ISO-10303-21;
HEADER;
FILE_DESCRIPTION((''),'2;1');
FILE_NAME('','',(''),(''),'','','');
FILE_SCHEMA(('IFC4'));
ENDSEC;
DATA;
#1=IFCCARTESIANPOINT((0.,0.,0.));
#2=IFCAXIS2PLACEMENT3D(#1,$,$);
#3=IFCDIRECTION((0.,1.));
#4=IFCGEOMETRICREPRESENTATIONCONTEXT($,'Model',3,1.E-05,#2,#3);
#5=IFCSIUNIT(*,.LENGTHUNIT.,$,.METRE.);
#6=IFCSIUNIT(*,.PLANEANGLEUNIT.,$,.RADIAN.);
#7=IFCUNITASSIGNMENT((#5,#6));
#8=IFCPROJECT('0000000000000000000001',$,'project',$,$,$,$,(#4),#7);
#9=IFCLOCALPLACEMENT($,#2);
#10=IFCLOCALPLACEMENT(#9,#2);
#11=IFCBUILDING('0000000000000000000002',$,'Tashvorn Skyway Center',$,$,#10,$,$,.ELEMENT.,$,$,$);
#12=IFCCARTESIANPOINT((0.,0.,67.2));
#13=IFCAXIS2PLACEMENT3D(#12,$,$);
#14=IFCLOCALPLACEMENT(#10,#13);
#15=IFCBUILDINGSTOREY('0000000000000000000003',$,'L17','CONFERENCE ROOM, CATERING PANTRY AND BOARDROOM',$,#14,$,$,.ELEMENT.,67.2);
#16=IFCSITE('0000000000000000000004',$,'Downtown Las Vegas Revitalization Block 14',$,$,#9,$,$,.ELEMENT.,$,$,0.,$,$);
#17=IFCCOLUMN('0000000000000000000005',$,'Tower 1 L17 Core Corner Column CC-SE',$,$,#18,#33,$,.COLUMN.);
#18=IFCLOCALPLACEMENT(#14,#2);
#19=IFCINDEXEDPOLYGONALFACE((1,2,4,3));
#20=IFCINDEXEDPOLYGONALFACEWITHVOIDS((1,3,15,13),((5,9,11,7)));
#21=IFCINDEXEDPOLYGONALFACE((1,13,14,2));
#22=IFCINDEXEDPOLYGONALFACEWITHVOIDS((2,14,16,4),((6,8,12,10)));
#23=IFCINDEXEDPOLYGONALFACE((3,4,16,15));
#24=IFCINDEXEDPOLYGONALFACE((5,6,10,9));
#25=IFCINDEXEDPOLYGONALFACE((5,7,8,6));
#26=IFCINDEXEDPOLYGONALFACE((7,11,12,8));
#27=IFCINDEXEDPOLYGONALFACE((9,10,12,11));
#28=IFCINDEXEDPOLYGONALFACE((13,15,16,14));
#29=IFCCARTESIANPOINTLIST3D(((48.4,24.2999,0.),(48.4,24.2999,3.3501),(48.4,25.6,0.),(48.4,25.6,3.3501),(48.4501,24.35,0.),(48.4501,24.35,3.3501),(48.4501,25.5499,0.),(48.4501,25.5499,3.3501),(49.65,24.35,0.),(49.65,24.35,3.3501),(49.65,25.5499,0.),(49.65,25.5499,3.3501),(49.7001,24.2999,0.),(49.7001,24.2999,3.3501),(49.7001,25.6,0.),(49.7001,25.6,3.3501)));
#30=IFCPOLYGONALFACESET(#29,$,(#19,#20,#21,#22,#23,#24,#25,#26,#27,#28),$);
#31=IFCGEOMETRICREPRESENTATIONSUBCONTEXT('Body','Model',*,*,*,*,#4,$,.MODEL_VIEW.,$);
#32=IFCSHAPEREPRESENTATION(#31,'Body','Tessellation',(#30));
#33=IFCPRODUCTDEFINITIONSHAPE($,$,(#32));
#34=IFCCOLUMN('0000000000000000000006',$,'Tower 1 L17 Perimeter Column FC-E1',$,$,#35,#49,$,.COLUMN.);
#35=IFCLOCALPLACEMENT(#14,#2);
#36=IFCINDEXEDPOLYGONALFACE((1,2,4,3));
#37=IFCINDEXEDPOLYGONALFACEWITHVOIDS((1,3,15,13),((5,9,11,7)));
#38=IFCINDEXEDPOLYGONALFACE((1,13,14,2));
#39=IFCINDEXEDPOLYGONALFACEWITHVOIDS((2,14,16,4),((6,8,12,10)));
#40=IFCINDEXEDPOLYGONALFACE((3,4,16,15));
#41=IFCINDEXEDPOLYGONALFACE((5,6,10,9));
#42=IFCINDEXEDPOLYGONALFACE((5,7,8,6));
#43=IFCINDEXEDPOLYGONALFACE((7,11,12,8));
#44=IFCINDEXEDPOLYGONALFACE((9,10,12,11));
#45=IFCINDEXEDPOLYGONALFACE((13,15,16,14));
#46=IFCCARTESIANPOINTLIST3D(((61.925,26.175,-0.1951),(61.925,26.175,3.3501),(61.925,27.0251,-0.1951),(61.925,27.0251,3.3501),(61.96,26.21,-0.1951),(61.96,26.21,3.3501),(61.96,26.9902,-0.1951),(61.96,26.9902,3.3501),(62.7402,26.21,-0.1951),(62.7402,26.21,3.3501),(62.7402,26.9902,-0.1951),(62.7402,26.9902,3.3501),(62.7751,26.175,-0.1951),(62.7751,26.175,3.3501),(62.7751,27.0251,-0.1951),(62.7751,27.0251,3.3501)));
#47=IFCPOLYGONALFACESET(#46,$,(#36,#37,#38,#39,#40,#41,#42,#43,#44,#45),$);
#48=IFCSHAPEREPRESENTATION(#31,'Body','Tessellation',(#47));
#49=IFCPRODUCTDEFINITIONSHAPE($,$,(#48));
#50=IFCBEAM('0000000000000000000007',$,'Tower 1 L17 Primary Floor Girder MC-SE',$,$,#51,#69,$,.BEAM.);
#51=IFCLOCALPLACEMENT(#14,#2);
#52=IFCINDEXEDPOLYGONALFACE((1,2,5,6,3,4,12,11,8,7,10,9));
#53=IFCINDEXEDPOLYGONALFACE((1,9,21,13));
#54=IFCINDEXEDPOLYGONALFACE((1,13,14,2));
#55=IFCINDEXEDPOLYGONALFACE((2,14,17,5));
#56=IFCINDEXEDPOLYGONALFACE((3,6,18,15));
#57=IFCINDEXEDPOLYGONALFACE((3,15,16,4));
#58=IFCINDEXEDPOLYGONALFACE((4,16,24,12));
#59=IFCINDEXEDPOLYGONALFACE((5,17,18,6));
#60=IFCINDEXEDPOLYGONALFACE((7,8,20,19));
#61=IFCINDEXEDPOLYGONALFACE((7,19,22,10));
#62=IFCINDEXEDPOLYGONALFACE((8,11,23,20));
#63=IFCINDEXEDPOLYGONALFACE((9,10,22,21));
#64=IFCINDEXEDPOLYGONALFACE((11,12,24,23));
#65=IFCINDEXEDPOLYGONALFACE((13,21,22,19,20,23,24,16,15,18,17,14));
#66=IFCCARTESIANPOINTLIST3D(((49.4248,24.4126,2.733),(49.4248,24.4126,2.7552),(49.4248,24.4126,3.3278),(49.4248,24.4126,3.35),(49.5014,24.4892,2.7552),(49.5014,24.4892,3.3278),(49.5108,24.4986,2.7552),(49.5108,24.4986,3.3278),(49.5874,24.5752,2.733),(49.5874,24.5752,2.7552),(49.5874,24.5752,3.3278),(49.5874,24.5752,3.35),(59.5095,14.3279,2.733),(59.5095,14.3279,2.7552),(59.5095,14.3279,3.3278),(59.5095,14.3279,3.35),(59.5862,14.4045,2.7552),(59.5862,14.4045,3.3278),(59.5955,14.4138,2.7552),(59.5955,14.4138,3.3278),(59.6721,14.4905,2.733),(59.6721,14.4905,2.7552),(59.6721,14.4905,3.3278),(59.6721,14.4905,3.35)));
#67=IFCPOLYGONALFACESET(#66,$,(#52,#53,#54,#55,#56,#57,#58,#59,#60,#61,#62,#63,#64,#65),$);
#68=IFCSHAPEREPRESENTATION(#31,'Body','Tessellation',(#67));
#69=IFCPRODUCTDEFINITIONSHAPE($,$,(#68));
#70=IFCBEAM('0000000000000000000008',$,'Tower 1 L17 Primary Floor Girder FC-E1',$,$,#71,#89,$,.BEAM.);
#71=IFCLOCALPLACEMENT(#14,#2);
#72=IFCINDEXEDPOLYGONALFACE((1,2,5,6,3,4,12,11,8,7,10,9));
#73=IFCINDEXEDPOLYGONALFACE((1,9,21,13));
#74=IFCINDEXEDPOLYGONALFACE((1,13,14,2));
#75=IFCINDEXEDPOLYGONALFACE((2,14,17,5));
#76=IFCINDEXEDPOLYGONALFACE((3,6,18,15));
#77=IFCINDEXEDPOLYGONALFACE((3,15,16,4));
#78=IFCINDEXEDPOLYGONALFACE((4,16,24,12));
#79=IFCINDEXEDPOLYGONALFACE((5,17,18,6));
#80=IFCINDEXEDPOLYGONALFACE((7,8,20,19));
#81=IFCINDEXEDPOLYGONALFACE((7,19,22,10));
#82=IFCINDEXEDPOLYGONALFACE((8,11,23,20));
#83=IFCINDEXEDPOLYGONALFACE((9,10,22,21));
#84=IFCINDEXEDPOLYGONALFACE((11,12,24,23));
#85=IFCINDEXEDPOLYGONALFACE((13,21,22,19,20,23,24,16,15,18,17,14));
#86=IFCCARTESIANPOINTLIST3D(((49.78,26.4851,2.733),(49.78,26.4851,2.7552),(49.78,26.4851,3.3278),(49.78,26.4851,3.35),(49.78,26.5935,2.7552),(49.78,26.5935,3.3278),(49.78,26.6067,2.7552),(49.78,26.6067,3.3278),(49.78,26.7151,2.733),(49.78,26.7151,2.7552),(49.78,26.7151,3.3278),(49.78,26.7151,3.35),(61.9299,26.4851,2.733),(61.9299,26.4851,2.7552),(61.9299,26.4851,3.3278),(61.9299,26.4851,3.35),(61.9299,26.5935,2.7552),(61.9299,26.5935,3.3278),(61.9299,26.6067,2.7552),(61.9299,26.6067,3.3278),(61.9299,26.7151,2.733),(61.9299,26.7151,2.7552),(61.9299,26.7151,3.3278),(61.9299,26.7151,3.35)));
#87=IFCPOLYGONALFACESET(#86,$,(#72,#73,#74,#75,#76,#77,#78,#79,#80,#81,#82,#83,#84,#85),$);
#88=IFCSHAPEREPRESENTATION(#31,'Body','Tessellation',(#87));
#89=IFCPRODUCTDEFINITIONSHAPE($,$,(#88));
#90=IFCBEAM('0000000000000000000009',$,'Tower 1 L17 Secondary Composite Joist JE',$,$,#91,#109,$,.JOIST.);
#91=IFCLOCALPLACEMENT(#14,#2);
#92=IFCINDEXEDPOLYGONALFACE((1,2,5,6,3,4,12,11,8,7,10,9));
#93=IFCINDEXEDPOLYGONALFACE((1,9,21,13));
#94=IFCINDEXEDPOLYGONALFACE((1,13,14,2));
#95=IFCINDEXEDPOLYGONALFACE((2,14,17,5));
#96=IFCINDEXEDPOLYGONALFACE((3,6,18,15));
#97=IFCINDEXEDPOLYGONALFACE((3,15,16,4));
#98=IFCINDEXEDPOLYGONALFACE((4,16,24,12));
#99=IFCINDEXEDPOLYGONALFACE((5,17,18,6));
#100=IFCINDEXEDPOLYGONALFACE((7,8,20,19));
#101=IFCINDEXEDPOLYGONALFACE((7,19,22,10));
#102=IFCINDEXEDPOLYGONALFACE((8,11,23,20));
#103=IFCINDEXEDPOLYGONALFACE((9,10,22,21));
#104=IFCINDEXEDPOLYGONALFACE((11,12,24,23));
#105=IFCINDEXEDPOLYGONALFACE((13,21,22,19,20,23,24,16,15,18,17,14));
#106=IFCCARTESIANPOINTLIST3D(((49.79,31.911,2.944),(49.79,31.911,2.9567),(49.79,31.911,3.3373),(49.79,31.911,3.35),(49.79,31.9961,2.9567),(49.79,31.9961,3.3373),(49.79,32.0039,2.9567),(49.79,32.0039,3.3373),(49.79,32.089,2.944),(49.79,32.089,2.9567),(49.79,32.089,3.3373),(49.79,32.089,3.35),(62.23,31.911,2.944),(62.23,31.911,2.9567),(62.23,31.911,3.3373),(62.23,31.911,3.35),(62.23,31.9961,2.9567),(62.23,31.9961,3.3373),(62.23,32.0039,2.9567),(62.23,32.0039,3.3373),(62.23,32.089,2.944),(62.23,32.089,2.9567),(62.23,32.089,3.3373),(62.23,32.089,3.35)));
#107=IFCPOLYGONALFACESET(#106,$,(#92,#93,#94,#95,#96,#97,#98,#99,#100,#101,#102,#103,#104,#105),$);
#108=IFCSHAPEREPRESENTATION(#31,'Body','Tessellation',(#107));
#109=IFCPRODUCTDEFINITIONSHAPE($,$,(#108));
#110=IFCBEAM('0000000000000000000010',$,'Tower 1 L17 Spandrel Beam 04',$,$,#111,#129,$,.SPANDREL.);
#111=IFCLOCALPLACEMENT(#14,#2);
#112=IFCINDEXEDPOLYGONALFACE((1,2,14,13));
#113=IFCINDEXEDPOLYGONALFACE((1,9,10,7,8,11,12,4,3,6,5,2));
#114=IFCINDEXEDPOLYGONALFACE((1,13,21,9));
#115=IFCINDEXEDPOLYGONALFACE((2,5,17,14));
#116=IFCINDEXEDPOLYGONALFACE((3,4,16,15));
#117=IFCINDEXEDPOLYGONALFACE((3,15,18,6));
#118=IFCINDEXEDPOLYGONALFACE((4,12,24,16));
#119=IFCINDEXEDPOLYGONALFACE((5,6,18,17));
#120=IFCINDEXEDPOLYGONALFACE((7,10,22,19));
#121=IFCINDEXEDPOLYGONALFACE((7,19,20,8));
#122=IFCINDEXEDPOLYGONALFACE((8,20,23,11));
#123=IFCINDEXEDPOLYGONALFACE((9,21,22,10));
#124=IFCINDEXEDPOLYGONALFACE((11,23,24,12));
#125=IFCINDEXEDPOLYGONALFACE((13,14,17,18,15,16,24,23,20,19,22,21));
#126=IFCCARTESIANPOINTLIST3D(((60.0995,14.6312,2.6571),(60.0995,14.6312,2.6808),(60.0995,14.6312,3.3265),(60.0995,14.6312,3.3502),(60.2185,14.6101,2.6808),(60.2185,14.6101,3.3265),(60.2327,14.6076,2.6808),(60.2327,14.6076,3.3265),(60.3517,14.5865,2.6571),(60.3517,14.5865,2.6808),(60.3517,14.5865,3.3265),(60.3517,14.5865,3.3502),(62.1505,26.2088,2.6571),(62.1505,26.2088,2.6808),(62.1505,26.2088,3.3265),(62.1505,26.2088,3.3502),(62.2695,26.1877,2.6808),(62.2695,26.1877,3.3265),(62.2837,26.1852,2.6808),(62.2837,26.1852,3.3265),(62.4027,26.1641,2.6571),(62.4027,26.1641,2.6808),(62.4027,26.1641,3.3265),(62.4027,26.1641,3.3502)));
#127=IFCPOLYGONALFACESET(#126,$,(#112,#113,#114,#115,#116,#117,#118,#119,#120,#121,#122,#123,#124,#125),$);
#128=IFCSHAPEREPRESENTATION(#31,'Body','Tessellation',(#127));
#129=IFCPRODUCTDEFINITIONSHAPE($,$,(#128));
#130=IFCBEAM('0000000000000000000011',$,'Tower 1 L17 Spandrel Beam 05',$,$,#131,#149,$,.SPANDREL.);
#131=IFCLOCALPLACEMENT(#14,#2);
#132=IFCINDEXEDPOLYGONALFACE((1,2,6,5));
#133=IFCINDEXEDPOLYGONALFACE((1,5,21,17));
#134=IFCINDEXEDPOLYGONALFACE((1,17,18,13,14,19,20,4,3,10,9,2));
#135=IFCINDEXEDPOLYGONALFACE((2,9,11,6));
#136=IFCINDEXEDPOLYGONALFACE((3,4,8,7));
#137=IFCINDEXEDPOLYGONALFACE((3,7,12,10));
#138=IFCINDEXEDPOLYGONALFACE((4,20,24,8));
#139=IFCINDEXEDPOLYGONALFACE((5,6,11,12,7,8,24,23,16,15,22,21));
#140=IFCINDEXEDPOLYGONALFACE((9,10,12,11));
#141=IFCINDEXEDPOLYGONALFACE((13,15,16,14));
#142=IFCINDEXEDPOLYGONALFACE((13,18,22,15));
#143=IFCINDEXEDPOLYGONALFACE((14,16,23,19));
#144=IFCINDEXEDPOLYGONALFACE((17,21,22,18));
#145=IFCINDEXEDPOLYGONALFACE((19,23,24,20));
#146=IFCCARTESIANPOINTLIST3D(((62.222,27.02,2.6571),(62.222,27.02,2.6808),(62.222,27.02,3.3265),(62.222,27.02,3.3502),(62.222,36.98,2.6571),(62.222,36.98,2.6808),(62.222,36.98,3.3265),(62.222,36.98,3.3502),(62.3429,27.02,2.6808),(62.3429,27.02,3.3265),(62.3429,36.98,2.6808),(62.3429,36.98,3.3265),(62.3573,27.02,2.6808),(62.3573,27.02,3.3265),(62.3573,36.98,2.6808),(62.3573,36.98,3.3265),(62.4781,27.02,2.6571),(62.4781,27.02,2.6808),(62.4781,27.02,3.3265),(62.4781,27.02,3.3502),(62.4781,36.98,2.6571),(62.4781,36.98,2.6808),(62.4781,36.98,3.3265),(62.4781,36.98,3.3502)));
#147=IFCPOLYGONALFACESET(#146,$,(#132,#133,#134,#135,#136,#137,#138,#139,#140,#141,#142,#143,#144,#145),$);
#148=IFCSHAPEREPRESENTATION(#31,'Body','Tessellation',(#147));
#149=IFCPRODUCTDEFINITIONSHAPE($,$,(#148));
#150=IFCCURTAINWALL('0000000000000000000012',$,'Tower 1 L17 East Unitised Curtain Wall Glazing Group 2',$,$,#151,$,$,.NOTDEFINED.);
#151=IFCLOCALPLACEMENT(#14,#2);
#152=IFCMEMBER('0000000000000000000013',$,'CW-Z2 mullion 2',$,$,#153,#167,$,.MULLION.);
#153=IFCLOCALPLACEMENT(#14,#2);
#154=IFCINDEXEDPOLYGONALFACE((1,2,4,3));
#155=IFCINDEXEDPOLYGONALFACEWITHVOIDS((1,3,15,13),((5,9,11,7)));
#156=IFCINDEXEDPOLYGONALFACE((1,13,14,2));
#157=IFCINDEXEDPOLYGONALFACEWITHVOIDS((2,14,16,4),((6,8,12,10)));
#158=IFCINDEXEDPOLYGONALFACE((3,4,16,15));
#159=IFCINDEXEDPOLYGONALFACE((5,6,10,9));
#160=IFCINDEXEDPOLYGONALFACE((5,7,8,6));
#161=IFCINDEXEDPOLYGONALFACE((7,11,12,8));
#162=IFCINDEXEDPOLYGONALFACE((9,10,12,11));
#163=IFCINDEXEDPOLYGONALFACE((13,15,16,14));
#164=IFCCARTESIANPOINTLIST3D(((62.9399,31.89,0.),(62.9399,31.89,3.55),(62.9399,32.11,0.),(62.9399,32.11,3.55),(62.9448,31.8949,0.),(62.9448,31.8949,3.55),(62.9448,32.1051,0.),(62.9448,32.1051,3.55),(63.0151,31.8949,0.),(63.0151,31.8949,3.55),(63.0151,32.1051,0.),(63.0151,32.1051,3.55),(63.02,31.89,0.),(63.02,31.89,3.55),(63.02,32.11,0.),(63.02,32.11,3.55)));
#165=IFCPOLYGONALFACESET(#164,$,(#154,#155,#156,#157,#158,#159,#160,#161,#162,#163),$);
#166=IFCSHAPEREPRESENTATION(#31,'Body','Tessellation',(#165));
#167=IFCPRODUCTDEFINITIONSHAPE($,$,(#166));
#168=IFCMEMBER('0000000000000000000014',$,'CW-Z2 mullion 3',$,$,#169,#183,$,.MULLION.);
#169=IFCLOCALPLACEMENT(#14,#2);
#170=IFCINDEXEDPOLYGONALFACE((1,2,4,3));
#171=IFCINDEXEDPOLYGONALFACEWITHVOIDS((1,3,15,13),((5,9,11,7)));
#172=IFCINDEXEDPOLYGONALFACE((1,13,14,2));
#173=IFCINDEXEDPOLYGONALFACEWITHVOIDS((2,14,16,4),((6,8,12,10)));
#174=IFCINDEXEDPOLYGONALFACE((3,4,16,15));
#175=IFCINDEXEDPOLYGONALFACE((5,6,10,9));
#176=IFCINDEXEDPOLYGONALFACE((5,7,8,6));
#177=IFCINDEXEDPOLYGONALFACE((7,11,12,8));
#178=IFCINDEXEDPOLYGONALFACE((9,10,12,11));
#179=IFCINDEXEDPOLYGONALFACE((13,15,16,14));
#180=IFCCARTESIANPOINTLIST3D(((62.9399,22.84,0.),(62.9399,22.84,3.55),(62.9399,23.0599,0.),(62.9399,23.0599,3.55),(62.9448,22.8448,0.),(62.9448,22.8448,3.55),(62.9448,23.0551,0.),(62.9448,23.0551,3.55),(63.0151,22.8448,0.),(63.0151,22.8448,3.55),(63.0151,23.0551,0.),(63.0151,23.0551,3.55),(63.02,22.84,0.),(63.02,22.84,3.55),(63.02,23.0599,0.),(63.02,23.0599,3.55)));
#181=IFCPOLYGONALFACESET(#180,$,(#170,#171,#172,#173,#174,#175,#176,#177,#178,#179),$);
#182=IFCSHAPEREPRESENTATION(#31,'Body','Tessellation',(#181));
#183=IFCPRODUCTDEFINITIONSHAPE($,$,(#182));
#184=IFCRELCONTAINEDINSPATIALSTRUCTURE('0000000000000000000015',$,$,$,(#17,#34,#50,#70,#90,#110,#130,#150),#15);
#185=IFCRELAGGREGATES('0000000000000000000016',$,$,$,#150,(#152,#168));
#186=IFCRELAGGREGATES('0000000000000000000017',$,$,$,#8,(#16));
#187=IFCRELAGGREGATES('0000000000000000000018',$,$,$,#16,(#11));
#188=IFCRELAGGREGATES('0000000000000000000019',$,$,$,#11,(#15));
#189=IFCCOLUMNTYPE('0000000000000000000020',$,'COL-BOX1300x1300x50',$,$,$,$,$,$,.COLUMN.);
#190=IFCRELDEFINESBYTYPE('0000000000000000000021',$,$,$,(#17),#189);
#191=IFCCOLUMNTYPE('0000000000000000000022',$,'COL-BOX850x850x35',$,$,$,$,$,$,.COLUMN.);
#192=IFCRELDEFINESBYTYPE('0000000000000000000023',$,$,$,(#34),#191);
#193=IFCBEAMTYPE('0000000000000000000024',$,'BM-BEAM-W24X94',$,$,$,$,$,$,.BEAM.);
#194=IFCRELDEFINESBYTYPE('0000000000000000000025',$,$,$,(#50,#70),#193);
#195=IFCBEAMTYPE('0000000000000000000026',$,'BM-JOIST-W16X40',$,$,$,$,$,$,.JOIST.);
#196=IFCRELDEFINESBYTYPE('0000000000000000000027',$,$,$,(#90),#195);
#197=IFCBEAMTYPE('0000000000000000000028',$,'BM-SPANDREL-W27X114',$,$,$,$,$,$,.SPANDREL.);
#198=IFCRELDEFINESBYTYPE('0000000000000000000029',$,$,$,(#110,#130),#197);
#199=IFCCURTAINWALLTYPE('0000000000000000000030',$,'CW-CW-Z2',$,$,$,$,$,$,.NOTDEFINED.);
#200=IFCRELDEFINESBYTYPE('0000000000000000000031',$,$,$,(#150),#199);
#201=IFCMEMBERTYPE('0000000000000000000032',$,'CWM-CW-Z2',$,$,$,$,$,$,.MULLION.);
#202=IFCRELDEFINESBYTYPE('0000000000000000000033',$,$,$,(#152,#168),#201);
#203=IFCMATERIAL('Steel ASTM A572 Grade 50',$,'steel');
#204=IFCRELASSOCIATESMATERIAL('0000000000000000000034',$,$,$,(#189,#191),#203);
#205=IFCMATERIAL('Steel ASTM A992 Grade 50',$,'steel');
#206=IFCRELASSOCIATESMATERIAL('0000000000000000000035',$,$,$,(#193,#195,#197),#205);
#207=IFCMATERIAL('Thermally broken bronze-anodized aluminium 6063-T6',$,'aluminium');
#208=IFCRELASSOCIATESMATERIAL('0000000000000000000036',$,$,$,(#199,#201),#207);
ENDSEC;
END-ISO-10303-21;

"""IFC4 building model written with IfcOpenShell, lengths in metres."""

from ifc_helpers import new_model, si_unit, direction, frame, origin, origin_2d, place, context, subcontext, project, spatial, hollow_rectangle, i_section, extrude, material, material_profile, profile_set, type_object, element, aggregate, save


model = new_model("IFC4")

# Units and contexts
model_context = context("Model", 3, precision=1e-05, world=origin(), true_north=direction((0.0, 1.0)))
body_context = subcontext(model_context, "Body", "Model", "MODEL_VIEW")
ifc_project = project(units=[si_unit("LENGTHUNIT", "METRE"), si_unit("PLANEANGLEUNIT", "RADIAN")], contexts=[model_context])

# Site, building, storey
site_placement = place(None, origin())
site = spatial("IfcSite", under=ifc_project, at=site_placement, Name="Downtown Las Vegas Revitalization Block 14", CompositionType="ELEMENT", RefElevation=0.0)
building_placement = place(site_placement, origin())
building = spatial("IfcBuilding", under=site, at=building_placement, Name="Tashvorn Skyway Center", CompositionType="ELEMENT")
storey_placement = place(building_placement, frame((0.0, 0.0, 67.2)))
storey = spatial("IfcBuildingStorey", under=building, at=storey_placement, Name="L17", Description="CONFERENCE ROOM, CATERING PANTRY AND BOARDROOM", CompositionType="ELEMENT", Elevation=67.2)

# Columns
ifc_material_1 = material(Name="Steel ASTM A572 Grade 50", Category="steel")
ifc_material_profile_1 = material_profile(ifc_material_1, hollow_rectangle(XDim=1.3, YDim=1.3, WallThickness=0.05, at=origin_2d()), Name="BOX1300x1300x50")
ifc_profile_set_1 = profile_set([ifc_material_profile_1], Name="Steel ASTM A572 Grade 50")
column_type_1 = type_object("IfcColumnType", Name="COL-BOX1300x1300x50", PredefinedType="COLUMN", material=ifc_profile_set_1)
column_1_placement = place(storey_placement, frame((49.05, 24.95, 0.0), z_axis=(0.0, 0.0, 1.0), x_axis=(1.0, 0.0, 0.0)))
element("IfcColumn", 1, at=column_1_placement, inside=storey, type_object=column_type_1, Name="Tower 1 L17 Core Corner Column CC-SE", PredefinedType="COLUMN", context=body_context, shape_type="SweptSolid", body=[
    extrude(hollow_rectangle(XDim=1.3, YDim=1.3, WallThickness=0.05, at=origin_2d()), origin(), (0.0, 0.0, 1.0), 3.3501),
])
ifc_material_profile_2 = material_profile(ifc_material_1, hollow_rectangle(XDim=0.8501, YDim=0.8501, WallThickness=0.0349, at=origin_2d()), Name="BOX850x850x35")
ifc_profile_set_2 = profile_set([ifc_material_profile_2], Name="Steel ASTM A572 Grade 50")
column_type_2 = type_object("IfcColumnType", Name="COL-BOX850x850x35", PredefinedType="COLUMN", material=ifc_profile_set_2)
column_2_placement = place(storey_placement, frame((62.3501, 26.6001, -0.1951), z_axis=(0.0, 0.0, 1.0), x_axis=(1.0, 0.0, 0.0)))
element("IfcColumn", 2, at=column_2_placement, inside=storey, type_object=column_type_2, Name="Tower 1 L17 Perimeter Column FC-E1", PredefinedType="COLUMN", context=body_context, shape_type="SweptSolid", body=[
    extrude(hollow_rectangle(XDim=0.8501, YDim=0.8501, WallThickness=0.0349, at=origin_2d()), origin(), (0.0, 0.0, 1.0), 3.5452),
])

# Beams
ifc_material_2 = material(Name="Steel ASTM A992 Grade 50", Category="steel")
ifc_material_profile_3 = material_profile(ifc_material_2, i_section(OverallWidth=0.23, OverallDepth=0.6169, WebThickness=0.0132, FlangeThickness=0.0222, at=origin_2d()), Name="W24X94")
ifc_profile_set_3 = profile_set([ifc_material_profile_3], Name="Steel ASTM A992 Grade 50")
beam_type_1 = type_object("IfcBeamType", Name="BM-BEAM-W24X94", PredefinedType="BEAM", material=ifc_profile_set_3)
beam_1_placement = place(storey_placement, frame((59.5908, 14.4092, 3.0415), z_axis=(-0.707107, 0.707107, 0.0), x_axis=(-0.707107, -0.707107, 0.0)))
element("IfcBeam", 3, at=beam_1_placement, inside=storey, type_object=beam_type_1, Name="Tower 1 L17 Primary Floor Girder MC-SE", PredefinedType="BEAM", context=body_context, shape_type="SweptSolid", body=[
    extrude(i_section(OverallWidth=0.23, OverallDepth=0.6169, WebThickness=0.0132, FlangeThickness=0.0222, at=origin_2d()), origin(), (0.0, 0.0, 1.0), 14.262),
])
beam_2_placement = place(storey_placement, frame((61.9299, 26.6001, 3.0415), z_axis=(-1.0, 0.0, 0.0), x_axis=(0.0, -1.0, 0.0)))
element("IfcBeam", 4, at=beam_2_placement, inside=storey, type_object=beam_type_1, Name="Tower 1 L17 Primary Floor Girder FC-E1", PredefinedType="BEAM", context=body_context, shape_type="SweptSolid", body=[
    extrude(i_section(OverallWidth=0.23, OverallDepth=0.6169, WebThickness=0.0132, FlangeThickness=0.0222, at=origin_2d()), origin(), (0.0, 0.0, 1.0), 12.1499),
])
ifc_material_profile_4 = material_profile(ifc_material_2, i_section(OverallWidth=0.178, OverallDepth=0.406, WebThickness=0.0078, FlangeThickness=0.0127, at=origin_2d()), Name="W16X40")
ifc_profile_set_4 = profile_set([ifc_material_profile_4], Name="Steel ASTM A992 Grade 50")
beam_type_2 = type_object("IfcBeamType", Name="BM-JOIST-W16X40", PredefinedType="JOIST", material=ifc_profile_set_4)
beam_3_placement = place(storey_placement, frame((49.79, 32.0, 3.147), z_axis=(1.0, 0.0, 0.0), x_axis=(0.0, 1.0, 0.0)))
element("IfcBeam", 5, at=beam_3_placement, inside=storey, type_object=beam_type_2, Name="Tower 1 L17 Secondary Composite Joist JE", PredefinedType="JOIST", context=body_context, shape_type="SweptSolid", body=[
    extrude(i_section(OverallWidth=0.178, OverallDepth=0.406, WebThickness=0.0078, FlangeThickness=0.0127, at=origin_2d()), origin(), (0.0, 0.0, 1.0), 12.4399),
])
ifc_material_profile_5 = material_profile(ifc_material_2, i_section(OverallWidth=0.2561, OverallDepth=0.6931, WebThickness=0.0144, FlangeThickness=0.0237, at=origin_2d()), Name="W27X114")
ifc_profile_set_5 = profile_set([ifc_material_profile_5], Name="Steel ASTM A992 Grade 50")
beam_type_3 = type_object("IfcBeamType", Name="BM-SPANDREL-W27X114", PredefinedType="SPANDREL", material=ifc_profile_set_5)
beam_4_placement = place(storey_placement, frame((60.2256, 14.6089, 3.0037), z_axis=(0.174438, 0.984668, 0.0), x_axis=(-0.984668, 0.174438, 0.0)))
element("IfcBeam", 6, at=beam_4_placement, inside=storey, type_object=beam_type_3, Name="Tower 1 L17 Spandrel Beam 04", PredefinedType="SPANDREL", context=body_context, shape_type="SweptSolid", body=[
    extrude(i_section(OverallWidth=0.2561, OverallDepth=0.6931, WebThickness=0.0144, FlangeThickness=0.0237, at=origin_2d()), origin(), (0.0, 0.0, 1.0), 11.7578),
])
beam_5_placement = place(storey_placement, frame((62.3501, 27.02, 3.0037), z_axis=(0.0, 1.0, 0.0), x_axis=(-1.0, 0.0, 0.0)))
element("IfcBeam", 7, at=beam_5_placement, inside=storey, type_object=beam_type_3, Name="Tower 1 L17 Spandrel Beam 05", PredefinedType="SPANDREL", context=body_context, shape_type="SweptSolid", body=[
    extrude(i_section(OverallWidth=0.2561, OverallDepth=0.6931, WebThickness=0.0144, FlangeThickness=0.0237, at=origin_2d()), origin(), (0.0, 0.0, 1.0), 9.96),
])

# Curtain wall, members
ifc_material_3 = material(Name="Thermally broken bronze-anodized aluminium 6063-T6", Category="aluminium")
curtain_wall_type = type_object("IfcCurtainWallType", Name="CW-CW-Z2", PredefinedType="NOTDEFINED", material=ifc_material_3)
curtain_wall_placement = place(storey_placement, origin())
curtain_wall = element("IfcCurtainWall", 8, at=curtain_wall_placement, inside=storey, type_object=curtain_wall_type, Name="Tower 1 L17 East Unitised Curtain Wall Glazing Group 2", PredefinedType="NOTDEFINED")
ifc_material_profile_6 = material_profile(ifc_material_3, hollow_rectangle(XDim=0.0801, YDim=0.22, WallThickness=0.0049, at=origin_2d()), Name="ALU-MULL-80x220")
ifc_profile_set_6 = profile_set([ifc_material_profile_6], Name="Thermally broken bronze-anodized aluminium 6063-T6")
member_type_1 = type_object("IfcMemberType", Name="CWM-CW-Z2", PredefinedType="MULLION", material=ifc_profile_set_6)
member_1_placement = place(storey_placement, frame((62.98, 32.0, 0.0), z_axis=(0.0, 0.0, 1.0), x_axis=(1.0, 0.0, 0.0)))
member_1 = element("IfcMember", 9, at=member_1_placement, type_object=member_type_1, Name="CW-Z2 mullion 2", PredefinedType="MULLION", context=body_context, shape_type="SweptSolid", body=[
    extrude(hollow_rectangle(XDim=0.0801, YDim=0.22, WallThickness=0.0049, at=origin_2d()), origin(), (0.0, 0.0, 1.0), 3.55),
])
member_2_placement = place(storey_placement, frame((62.98, 22.95, 0.0), z_axis=(0.0, 0.0, 1.0), x_axis=(1.0, 0.0, 0.0)))
member_2 = element("IfcMember", 10, at=member_2_placement, type_object=member_type_1, Name="CW-Z2 mullion 3", PredefinedType="MULLION", context=body_context, shape_type="SweptSolid", body=[
    extrude(hollow_rectangle(XDim=0.0801, YDim=0.22, WallThickness=0.0049, at=origin_2d()), origin(), (0.0, 0.0, 1.0), 3.55),
])
aggregate(curtain_wall, [member_1, member_2])

save(model, "model.ifc")
